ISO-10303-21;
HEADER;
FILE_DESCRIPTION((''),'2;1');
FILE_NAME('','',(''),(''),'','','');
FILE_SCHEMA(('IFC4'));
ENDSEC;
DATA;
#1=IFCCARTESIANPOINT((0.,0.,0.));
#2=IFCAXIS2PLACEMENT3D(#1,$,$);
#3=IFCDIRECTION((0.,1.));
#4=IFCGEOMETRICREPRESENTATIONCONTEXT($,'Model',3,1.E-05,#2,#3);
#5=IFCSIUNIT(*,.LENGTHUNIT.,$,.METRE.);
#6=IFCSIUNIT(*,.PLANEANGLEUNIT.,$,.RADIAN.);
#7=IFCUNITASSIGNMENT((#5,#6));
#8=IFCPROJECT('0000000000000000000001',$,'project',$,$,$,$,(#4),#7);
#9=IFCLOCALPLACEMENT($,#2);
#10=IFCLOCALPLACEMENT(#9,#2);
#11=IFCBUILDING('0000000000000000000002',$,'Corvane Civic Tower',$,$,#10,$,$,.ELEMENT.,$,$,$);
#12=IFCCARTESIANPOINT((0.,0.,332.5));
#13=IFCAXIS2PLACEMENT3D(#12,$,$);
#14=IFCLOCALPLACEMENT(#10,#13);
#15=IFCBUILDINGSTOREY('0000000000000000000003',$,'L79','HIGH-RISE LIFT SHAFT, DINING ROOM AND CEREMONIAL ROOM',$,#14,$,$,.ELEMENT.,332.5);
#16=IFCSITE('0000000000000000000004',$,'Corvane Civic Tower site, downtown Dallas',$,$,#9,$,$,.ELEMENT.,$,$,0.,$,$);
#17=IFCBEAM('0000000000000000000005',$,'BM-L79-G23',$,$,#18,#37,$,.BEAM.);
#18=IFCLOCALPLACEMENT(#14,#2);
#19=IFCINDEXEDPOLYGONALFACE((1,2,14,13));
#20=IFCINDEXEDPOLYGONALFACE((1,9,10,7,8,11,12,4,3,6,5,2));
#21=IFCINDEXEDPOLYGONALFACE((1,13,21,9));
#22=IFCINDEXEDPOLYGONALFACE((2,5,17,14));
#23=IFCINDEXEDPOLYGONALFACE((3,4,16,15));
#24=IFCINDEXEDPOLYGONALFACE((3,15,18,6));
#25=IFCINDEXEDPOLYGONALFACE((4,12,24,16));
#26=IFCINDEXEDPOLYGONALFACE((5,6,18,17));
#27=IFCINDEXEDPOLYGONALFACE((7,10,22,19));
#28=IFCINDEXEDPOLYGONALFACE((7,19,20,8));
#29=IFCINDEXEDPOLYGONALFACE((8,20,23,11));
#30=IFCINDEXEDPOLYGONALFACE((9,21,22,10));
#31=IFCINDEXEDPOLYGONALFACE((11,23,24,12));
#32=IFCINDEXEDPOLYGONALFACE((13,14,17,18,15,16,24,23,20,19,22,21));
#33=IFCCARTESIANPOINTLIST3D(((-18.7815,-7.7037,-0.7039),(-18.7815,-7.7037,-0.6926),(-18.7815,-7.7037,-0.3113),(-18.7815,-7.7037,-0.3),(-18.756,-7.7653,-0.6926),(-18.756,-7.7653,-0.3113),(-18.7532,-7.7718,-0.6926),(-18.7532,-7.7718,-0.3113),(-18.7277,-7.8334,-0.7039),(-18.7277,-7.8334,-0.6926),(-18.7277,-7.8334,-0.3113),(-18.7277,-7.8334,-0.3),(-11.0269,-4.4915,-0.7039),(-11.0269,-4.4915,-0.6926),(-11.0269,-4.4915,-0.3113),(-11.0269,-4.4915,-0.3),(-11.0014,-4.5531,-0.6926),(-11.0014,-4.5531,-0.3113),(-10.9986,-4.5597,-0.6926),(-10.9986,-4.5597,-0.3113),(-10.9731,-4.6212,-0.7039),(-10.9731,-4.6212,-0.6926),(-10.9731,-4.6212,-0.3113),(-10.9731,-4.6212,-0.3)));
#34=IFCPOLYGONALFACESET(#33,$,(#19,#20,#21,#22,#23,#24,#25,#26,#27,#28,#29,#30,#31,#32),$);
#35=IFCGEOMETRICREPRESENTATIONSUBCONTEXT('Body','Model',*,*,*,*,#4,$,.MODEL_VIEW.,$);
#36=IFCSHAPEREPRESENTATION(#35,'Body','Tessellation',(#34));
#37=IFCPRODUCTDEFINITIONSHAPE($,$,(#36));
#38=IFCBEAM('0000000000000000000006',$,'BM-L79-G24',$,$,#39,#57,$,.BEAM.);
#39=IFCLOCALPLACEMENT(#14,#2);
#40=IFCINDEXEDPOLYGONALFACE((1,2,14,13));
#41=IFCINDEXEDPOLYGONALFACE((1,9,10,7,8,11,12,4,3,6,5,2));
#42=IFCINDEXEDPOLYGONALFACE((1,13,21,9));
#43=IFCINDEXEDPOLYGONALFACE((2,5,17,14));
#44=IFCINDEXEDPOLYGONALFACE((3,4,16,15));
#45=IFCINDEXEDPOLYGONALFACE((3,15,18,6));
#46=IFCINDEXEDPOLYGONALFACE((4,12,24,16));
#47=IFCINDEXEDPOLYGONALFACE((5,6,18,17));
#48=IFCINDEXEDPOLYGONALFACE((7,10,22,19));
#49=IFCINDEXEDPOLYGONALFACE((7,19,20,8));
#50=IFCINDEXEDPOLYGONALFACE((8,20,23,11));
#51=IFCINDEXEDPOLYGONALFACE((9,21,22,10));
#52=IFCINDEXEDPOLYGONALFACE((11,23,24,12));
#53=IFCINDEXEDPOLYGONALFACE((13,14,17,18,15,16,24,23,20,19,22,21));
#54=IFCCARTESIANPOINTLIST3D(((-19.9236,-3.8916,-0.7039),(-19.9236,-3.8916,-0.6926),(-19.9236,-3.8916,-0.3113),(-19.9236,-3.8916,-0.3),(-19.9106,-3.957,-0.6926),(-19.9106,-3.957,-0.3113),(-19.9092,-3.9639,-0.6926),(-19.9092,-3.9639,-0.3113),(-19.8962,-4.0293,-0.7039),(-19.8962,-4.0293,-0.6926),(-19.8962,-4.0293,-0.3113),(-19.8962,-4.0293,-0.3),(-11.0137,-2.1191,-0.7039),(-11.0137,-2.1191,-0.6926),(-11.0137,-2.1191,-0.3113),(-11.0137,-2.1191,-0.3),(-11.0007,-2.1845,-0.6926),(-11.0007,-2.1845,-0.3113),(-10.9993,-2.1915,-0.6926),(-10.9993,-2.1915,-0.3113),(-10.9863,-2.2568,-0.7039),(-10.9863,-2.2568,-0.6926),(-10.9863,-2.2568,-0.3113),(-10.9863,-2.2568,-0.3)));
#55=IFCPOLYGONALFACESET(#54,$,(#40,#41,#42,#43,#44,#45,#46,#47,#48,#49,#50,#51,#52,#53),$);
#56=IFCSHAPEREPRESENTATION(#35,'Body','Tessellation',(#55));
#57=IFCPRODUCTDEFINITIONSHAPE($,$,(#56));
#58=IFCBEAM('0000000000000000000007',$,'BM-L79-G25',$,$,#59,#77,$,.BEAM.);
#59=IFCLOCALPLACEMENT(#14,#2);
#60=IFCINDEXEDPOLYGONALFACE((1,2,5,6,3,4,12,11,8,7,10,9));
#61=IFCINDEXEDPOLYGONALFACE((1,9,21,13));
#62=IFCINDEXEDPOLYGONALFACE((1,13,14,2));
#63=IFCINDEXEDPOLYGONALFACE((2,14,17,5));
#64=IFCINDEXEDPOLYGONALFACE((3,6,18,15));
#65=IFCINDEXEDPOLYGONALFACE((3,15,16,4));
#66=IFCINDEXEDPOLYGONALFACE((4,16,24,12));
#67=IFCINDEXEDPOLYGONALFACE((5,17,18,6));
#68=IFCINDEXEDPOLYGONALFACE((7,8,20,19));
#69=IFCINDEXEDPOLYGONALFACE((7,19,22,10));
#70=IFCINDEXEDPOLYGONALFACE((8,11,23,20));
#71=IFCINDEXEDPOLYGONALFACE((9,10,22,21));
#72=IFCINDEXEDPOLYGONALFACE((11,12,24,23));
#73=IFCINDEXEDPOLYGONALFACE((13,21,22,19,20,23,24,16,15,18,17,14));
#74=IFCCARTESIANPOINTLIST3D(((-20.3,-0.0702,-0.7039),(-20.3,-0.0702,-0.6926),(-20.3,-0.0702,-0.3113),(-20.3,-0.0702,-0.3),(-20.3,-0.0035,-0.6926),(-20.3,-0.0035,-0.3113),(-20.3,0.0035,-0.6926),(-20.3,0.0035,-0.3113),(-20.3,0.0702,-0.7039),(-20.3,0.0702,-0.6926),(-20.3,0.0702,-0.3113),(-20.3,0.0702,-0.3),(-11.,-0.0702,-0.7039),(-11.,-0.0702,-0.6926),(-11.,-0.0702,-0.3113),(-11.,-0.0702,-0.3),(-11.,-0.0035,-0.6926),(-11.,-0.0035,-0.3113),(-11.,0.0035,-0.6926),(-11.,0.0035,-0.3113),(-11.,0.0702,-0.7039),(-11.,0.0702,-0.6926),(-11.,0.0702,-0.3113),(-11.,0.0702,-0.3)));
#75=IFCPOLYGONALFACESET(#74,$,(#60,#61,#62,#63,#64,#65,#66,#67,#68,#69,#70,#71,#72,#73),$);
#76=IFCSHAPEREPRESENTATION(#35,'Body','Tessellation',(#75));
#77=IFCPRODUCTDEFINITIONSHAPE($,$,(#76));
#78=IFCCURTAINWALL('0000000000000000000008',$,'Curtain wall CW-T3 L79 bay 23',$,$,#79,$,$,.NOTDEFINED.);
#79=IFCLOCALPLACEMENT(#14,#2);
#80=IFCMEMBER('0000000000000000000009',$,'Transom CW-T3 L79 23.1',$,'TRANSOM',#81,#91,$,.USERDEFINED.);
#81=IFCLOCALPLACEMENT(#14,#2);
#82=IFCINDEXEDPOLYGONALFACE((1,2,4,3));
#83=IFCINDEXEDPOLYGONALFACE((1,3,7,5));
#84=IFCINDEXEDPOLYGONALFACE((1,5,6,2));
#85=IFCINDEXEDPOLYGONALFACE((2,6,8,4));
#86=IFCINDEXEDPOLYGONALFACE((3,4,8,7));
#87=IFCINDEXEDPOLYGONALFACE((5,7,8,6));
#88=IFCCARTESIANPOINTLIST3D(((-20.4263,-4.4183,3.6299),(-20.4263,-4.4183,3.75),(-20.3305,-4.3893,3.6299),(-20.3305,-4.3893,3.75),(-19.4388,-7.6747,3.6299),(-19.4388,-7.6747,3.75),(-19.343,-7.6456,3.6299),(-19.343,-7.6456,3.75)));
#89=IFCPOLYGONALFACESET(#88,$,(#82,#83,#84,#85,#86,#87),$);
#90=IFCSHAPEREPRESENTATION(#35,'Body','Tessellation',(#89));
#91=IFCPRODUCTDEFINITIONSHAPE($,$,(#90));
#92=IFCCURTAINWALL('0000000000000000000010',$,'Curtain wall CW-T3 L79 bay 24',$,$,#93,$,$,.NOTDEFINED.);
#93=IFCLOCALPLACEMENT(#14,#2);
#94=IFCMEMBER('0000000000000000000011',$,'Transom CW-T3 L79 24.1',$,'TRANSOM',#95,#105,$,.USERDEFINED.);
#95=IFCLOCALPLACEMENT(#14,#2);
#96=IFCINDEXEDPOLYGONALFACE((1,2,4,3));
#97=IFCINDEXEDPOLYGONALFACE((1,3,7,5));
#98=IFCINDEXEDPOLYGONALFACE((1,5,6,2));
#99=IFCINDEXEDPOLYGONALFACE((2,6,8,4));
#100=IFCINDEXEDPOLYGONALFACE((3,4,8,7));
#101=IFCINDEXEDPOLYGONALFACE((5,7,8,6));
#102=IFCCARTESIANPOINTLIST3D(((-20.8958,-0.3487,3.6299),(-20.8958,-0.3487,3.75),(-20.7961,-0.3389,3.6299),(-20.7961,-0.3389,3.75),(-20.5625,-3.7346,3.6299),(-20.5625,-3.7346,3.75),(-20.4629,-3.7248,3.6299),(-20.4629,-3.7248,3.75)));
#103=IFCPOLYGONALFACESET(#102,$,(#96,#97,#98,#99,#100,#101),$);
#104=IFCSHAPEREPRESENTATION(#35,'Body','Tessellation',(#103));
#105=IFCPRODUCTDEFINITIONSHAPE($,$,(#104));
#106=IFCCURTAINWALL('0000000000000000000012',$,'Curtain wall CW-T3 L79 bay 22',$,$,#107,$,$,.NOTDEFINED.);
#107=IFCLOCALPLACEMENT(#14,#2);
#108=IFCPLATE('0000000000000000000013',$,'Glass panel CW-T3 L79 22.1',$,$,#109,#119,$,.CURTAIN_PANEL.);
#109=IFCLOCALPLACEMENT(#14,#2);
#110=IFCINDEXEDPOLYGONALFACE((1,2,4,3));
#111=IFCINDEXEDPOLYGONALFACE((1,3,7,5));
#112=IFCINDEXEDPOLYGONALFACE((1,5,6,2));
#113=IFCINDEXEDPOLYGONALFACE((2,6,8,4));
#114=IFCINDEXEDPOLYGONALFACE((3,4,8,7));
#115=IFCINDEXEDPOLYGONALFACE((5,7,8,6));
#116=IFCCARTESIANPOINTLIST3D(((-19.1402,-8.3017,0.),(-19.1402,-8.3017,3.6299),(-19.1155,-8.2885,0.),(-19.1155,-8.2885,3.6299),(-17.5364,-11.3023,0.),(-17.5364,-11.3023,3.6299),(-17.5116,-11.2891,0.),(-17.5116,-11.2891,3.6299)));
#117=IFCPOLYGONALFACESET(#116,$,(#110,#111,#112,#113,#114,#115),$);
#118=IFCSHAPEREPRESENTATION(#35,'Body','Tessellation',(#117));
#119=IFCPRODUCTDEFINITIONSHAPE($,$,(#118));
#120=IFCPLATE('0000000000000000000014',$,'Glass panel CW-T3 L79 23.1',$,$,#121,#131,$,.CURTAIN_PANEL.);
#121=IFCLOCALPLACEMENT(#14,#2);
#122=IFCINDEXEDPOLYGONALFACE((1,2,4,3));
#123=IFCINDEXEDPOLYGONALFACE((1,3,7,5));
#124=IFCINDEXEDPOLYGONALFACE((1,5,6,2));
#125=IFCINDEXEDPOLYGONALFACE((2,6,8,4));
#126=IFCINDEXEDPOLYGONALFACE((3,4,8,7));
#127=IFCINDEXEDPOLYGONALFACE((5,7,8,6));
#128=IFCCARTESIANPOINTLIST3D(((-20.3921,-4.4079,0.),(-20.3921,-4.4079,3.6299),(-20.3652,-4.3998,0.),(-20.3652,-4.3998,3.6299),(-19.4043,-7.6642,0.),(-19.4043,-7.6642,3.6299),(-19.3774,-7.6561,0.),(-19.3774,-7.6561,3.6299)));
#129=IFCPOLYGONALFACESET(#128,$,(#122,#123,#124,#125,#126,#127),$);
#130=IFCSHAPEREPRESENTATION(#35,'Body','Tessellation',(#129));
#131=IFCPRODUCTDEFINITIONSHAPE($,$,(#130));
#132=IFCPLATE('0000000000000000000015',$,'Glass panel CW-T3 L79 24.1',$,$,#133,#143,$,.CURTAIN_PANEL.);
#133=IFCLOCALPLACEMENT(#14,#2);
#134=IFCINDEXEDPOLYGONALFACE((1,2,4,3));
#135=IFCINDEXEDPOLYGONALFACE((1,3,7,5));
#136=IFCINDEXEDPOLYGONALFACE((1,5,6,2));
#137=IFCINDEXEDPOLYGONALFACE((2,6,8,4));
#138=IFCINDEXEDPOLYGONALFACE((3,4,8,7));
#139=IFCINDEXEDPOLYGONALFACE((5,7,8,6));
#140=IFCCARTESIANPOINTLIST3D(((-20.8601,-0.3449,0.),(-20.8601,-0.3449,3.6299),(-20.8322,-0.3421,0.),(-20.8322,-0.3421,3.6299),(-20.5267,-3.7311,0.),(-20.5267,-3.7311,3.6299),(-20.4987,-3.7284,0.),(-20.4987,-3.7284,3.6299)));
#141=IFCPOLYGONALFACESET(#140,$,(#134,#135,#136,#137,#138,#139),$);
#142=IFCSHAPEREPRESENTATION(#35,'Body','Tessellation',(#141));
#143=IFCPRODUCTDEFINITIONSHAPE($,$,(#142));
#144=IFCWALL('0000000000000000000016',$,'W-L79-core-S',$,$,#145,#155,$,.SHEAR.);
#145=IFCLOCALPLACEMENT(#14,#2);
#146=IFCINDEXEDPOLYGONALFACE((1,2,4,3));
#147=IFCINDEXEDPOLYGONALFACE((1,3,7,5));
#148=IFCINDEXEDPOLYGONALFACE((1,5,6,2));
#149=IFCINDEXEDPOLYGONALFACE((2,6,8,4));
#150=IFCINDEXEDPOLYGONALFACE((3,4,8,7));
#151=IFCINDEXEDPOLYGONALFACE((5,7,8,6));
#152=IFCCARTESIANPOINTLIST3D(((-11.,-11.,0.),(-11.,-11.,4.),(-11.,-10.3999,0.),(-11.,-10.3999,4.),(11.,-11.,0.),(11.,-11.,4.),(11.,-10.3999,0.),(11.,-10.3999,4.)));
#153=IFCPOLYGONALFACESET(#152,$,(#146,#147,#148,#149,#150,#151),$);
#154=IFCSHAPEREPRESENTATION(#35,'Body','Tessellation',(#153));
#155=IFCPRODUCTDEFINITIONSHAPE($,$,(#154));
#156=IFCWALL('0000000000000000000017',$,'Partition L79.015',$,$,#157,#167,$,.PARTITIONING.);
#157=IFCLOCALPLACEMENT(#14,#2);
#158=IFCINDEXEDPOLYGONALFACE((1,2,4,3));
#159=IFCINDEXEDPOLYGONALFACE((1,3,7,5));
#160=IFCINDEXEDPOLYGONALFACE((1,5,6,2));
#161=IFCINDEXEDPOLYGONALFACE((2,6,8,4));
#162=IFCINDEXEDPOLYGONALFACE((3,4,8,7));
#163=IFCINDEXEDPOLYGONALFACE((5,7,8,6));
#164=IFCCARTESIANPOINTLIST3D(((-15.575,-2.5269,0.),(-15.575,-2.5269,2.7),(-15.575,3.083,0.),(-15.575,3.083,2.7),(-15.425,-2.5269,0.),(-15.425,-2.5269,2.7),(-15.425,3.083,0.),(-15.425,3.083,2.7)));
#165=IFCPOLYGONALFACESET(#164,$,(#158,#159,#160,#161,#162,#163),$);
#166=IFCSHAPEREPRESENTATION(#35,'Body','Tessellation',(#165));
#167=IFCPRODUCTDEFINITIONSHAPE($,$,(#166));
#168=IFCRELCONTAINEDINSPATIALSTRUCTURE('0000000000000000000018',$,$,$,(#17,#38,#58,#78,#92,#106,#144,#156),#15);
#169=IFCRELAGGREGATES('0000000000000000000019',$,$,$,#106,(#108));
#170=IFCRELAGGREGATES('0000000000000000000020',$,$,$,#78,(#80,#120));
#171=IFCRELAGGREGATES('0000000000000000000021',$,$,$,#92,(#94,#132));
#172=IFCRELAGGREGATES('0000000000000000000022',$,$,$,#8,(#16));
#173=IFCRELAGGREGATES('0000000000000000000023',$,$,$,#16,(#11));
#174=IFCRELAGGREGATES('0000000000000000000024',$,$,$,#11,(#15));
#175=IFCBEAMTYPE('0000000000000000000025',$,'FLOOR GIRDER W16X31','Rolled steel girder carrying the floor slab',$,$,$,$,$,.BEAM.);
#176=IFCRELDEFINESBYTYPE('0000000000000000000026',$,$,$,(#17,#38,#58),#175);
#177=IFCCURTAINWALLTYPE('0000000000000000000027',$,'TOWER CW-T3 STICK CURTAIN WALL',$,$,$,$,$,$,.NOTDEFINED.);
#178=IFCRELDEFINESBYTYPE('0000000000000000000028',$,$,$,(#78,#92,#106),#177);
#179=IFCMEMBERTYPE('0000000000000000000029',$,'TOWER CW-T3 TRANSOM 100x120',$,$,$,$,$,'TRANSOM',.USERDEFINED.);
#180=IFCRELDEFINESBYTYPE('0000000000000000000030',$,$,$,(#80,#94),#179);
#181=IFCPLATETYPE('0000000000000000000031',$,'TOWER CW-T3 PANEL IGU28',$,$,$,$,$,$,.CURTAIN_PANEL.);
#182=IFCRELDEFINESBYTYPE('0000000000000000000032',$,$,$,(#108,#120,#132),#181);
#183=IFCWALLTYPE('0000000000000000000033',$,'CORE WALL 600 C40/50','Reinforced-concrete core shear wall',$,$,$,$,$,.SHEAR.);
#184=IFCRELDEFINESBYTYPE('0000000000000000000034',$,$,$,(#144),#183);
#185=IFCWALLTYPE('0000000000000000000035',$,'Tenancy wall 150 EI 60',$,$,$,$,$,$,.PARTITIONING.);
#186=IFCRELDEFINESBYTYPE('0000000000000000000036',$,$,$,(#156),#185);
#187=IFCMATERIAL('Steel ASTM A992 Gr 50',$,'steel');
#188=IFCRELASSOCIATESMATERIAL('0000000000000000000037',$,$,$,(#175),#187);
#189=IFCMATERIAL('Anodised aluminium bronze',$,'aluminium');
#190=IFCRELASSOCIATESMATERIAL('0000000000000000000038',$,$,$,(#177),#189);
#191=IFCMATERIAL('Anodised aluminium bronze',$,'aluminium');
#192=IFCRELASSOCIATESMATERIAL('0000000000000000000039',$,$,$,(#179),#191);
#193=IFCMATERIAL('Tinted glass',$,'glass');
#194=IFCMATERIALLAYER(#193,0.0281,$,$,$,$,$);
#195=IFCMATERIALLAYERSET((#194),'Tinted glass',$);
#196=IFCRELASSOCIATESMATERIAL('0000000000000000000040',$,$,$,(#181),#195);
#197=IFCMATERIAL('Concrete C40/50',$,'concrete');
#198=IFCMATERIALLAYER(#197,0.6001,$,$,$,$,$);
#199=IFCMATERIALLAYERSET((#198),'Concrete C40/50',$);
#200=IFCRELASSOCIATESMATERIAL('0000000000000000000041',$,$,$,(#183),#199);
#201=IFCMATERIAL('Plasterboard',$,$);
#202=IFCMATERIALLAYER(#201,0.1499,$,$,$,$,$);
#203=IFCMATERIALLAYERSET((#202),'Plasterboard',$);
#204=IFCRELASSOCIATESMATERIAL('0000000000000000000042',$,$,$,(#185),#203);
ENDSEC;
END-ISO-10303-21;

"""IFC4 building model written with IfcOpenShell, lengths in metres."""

from ifc_helpers import new_model, si_unit, direction, frame, frame_2d, origin, origin_2d, place, context, subcontext, project, spatial, rectangle, i_section, extrude, material, layer, layer_set, material_profile, profile_set, type_object, element, aggregate, save


model = new_model("IFC4")

# Units and contexts
model_context = context("Model", 3, precision=1e-05, world=origin(), true_north=direction((0.0, 1.0)))
body_context = subcontext(model_context, "Body", "Model", "MODEL_VIEW")
ifc_project = project(units=[si_unit("LENGTHUNIT", "METRE"), si_unit("PLANEANGLEUNIT", "RADIAN")], contexts=[model_context])

# Site, building, storey
site_placement = place(None, origin())
site = spatial("IfcSite", under=ifc_project, at=site_placement, Name="Corvane Civic Tower site, downtown Dallas", CompositionType="ELEMENT", RefElevation=0.0)
building_placement = place(site_placement, origin())
building = spatial("IfcBuilding", under=site, at=building_placement, Name="Corvane Civic Tower", CompositionType="ELEMENT")
storey_placement = place(building_placement, frame((0.0, 0.0, 332.5)))
storey = spatial("IfcBuildingStorey", under=building, at=storey_placement, Name="L79", Description="HIGH-RISE LIFT SHAFT, DINING ROOM AND CEREMONIAL ROOM", CompositionType="ELEMENT", Elevation=332.5)

# Beams
ifc_material_1 = material(Name="Steel ASTM A992 Gr 50", Category="steel")
ifc_material_profile_1 = material_profile(ifc_material_1, i_section(OverallWidth=0.1404, OverallDepth=0.4038, WebThickness=0.0071, FlangeThickness=0.0112, at=origin_2d()), Name="W16X31")
ifc_profile_set_1 = profile_set([ifc_material_profile_1], Name="Steel ASTM A992 Gr 50")
beam_type_1 = type_object("IfcBeamType", Name="FLOOR GIRDER W16X31", Description="Rolled steel girder carrying the floor slab", PredefinedType="BEAM", material=ifc_profile_set_1)
beam_1_placement = place(storey_placement, frame((-11.0, -4.5564, -0.502), z_axis=(-0.923876, -0.382692, 0.0), x_axis=(0.382692, -0.923876, 0.0)))
element("IfcBeam", 1, at=beam_1_placement, inside=storey, type_object=beam_type_1, Name="BM-L79-G23", PredefinedType="BEAM", context=body_context, shape_type="SweptSolid", body=[
    extrude(i_section(OverallWidth=0.1404, OverallDepth=0.4038, WebThickness=0.0071, FlangeThickness=0.0112, at=origin_2d()), origin(), (0.0, 0.0, 1.0), 8.3936),
])
beam_2_placement = place(storey_placement, frame((-11.0, -2.188, -0.502), z_axis=(-0.980782, -0.195108, 0.0), x_axis=(0.195108, -0.980782, 0.0)))
element("IfcBeam", 2, at=beam_2_placement, inside=storey, type_object=beam_type_1, Name="BM-L79-G24", PredefinedType="BEAM", context=body_context, shape_type="SweptSolid", body=[
    extrude(i_section(OverallWidth=0.1404, OverallDepth=0.4038, WebThickness=0.0071, FlangeThickness=0.0112, at=origin_2d()), origin(), (0.0, 0.0, 1.0), 9.0845),
])
beam_3_placement = place(storey_placement, frame((-11.0, 0.0, -0.502), z_axis=(-1.0, 0.0, 0.0), x_axis=(0.0, -1.0, 0.0)))
element("IfcBeam", 3, at=beam_3_placement, inside=storey, type_object=beam_type_1, Name="BM-L79-G25", PredefinedType="BEAM", context=body_context, shape_type="SweptSolid", body=[
    extrude(i_section(OverallWidth=0.1404, OverallDepth=0.4038, WebThickness=0.0071, FlangeThickness=0.0112, at=origin_2d()), origin(), (0.0, 0.0, 1.0), 9.3),
])

# Curtain walls, members
ifc_material_2 = material(Name="Anodised aluminium bronze", Category="aluminium")
curtain_wall_type = type_object("IfcCurtainWallType", Name="TOWER CW-T3 STICK CURTAIN WALL", PredefinedType="NOTDEFINED", material=ifc_material_2)
curtain_wall_1_placement = place(storey_placement, origin())
curtain_wall_1 = element("IfcCurtainWall", 4, at=curtain_wall_1_placement, inside=storey, type_object=curtain_wall_type, Name="Curtain wall CW-T3 L79 bay 23", PredefinedType="NOTDEFINED")
ifc_material_3 = material(Name="Anodised aluminium bronze", Category="aluminium")
ifc_material_profile_2 = material_profile(ifc_material_3, rectangle(XDim=0.1001, YDim=0.1201, at=origin_2d()), Name="TOWER CW-T3 TRANSOM 100x120")
ifc_profile_set_2 = profile_set([ifc_material_profile_2], Name="Anodised aluminium bronze")
member_type = type_object("IfcMemberType", Name="TOWER CW-T3 TRANSOM 100x120", ElementType="TRANSOM", PredefinedType="USERDEFINED", material=ifc_profile_set_2)
member_1_placement = place(storey_placement, frame((-19.3909, -7.6602, 3.6899), z_axis=(-0.290216, 0.956961, 0.0), x_axis=(-0.956961, -0.290216, 0.0)))
member_1 = element("IfcMember", 5, at=member_1_placement, type_object=member_type, Name="Transom CW-T3 L79 23.1", ObjectType="TRANSOM", PredefinedType="USERDEFINED", context=body_context, shape_type="SweptSolid", body=[
    extrude(rectangle(XDim=0.1001, YDim=0.1201, at=origin_2d()), origin(), (0.0, 0.0, 1.0), 3.4028),
])
curtain_wall_2_placement = place(storey_placement, origin())
curtain_wall_2 = element("IfcCurtainWall", 6, at=curtain_wall_2_placement, inside=storey, type_object=curtain_wall_type, Name="Curtain wall CW-T3 L79 bay 24", PredefinedType="NOTDEFINED")
member_2_placement = place(storey_placement, frame((-20.5127, -3.7297, 3.6899), z_axis=(-0.097948, 0.995192, 0.0), x_axis=(-0.995192, -0.097948, 0.0)))
member_2 = element("IfcMember", 7, at=member_2_placement, type_object=member_type, Name="Transom CW-T3 L79 24.1", ObjectType="TRANSOM", PredefinedType="USERDEFINED", context=body_context, shape_type="SweptSolid", body=[
    extrude(rectangle(XDim=0.1001, YDim=0.1201, at=origin_2d()), origin(), (0.0, 0.0, 1.0), 3.4023),
])

# Curtain wall, plate
curtain_wall_3_placement = place(storey_placement, origin())
curtain_wall_3 = element("IfcCurtainWall", 8, at=curtain_wall_3_placement, inside=storey, type_object=curtain_wall_type, Name="Curtain wall CW-T3 L79 bay 22", PredefinedType="NOTDEFINED")
ifc_material_4 = material(Name="Tinted glass", Category="glass")
ifc_layer_1 = layer(ifc_material_4, 0.0281)
ifc_layer_set_1 = layer_set([ifc_layer_1], Name="Tinted glass")
plate_type = type_object("IfcPlateType", Name="TOWER CW-T3 PANEL IGU28", PredefinedType="CURTAIN_PANEL", material=ifc_layer_set_1)
plate_1_placement = place(storey_placement, frame((-18.3259, -9.7954, 0.0), z_axis=(0.0, 0.0, 1.0), x_axis=(-0.471384, 0.881928, 0.0)))
plate_1 = element("IfcPlate", 9, at=plate_1_placement, type_object=plate_type, Name="Glass panel CW-T3 L79 22.1", PredefinedType="CURTAIN_PANEL", context=body_context, shape_type="SweptSolid", body=[
    extrude(rectangle(XDim=3.4023, YDim=0.0281, at=origin_2d()), origin(), (0.0, 0.0, 1.0), 3.6299),
])
aggregate(curtain_wall_3, [plate_1])

# Plates
plate_2_placement = place(storey_placement, frame((-19.8848, -6.032, 0.0), z_axis=(0.0, 0.0, 1.0), x_axis=(-0.29029, 0.956939, 0.0)))
plate_2 = element("IfcPlate", 10, at=plate_2_placement, type_object=plate_type, Name="Glass panel CW-T3 L79 23.1", PredefinedType="CURTAIN_PANEL", context=body_context, shape_type="SweptSolid", body=[
    extrude(rectangle(XDim=3.4028, YDim=0.0281, at=origin_2d()), origin(), (0.0, 0.0, 1.0), 3.6299),
])
aggregate(curtain_wall_1, [member_1, plate_2])
plate_3_placement = place(storey_placement, frame((-20.6794, -2.0366, 0.0), z_axis=(0.0, 0.0, 1.0), x_axis=(-0.097998, 0.995187, 0.0)))
plate_3 = element("IfcPlate", 11, at=plate_3_placement, type_object=plate_type, Name="Glass panel CW-T3 L79 24.1", PredefinedType="CURTAIN_PANEL", context=body_context, shape_type="SweptSolid", body=[
    extrude(rectangle(XDim=3.4026, YDim=0.0281, at=origin_2d()), origin(), (0.0, 0.0, 1.0), 3.6299),
])
aggregate(curtain_wall_2, [member_2, plate_3])

# Walls
ifc_material_5 = material(Name="Concrete C40/50", Category="concrete")
ifc_layer_2 = layer(ifc_material_5, 0.6001)
ifc_layer_set_2 = layer_set([ifc_layer_2], Name="Concrete C40/50")
wall_type_1 = type_object("IfcWallType", Name="CORE WALL 600 C40/50", Description="Reinforced-concrete core shear wall", PredefinedType="SHEAR", material=ifc_layer_set_2)
wall_1_placement = place(storey_placement, frame((-11.0, -10.7, 0.0), z_axis=(0.0, 0.0, 1.0), x_axis=(1.0, 0.0, 0.0)))
element("IfcWall", 12, at=wall_1_placement, inside=storey, type_object=wall_type_1, Name="W-L79-core-S", PredefinedType="SHEAR", context=body_context, shape_type="SweptSolid", body=[
    extrude(rectangle(XDim=22.0, YDim=0.6001, at=frame_2d((11.0, 0.0))), origin(), (0.0, 0.0, 1.0), 4.0),
])
ifc_material_6 = material(Name="Plasterboard")
ifc_layer_3 = layer(ifc_material_6, 0.1499)
ifc_layer_set_3 = layer_set([ifc_layer_3], Name="Plasterboard")
wall_type_2 = type_object("IfcWallType", Name="Tenancy wall 150 EI 60", PredefinedType="PARTITIONING", material=ifc_layer_set_3)
wall_2_placement = place(storey_placement, frame((-15.5, -2.5269, 0.0), z_axis=(0.0, 0.0, 1.0), x_axis=(0.0, 1.0, 0.0)))
element("IfcWall", 13, at=wall_2_placement, inside=storey, type_object=wall_type_2, Name="Partition L79.015", PredefinedType="PARTITIONING", context=body_context, shape_type="SweptSolid", body=[
    extrude(rectangle(XDim=5.6099, YDim=0.1499, at=frame_2d((2.8049, 0.0))), origin(), (0.0, 0.0, 1.0), 2.7),
])

save(model, "model.ifc")
